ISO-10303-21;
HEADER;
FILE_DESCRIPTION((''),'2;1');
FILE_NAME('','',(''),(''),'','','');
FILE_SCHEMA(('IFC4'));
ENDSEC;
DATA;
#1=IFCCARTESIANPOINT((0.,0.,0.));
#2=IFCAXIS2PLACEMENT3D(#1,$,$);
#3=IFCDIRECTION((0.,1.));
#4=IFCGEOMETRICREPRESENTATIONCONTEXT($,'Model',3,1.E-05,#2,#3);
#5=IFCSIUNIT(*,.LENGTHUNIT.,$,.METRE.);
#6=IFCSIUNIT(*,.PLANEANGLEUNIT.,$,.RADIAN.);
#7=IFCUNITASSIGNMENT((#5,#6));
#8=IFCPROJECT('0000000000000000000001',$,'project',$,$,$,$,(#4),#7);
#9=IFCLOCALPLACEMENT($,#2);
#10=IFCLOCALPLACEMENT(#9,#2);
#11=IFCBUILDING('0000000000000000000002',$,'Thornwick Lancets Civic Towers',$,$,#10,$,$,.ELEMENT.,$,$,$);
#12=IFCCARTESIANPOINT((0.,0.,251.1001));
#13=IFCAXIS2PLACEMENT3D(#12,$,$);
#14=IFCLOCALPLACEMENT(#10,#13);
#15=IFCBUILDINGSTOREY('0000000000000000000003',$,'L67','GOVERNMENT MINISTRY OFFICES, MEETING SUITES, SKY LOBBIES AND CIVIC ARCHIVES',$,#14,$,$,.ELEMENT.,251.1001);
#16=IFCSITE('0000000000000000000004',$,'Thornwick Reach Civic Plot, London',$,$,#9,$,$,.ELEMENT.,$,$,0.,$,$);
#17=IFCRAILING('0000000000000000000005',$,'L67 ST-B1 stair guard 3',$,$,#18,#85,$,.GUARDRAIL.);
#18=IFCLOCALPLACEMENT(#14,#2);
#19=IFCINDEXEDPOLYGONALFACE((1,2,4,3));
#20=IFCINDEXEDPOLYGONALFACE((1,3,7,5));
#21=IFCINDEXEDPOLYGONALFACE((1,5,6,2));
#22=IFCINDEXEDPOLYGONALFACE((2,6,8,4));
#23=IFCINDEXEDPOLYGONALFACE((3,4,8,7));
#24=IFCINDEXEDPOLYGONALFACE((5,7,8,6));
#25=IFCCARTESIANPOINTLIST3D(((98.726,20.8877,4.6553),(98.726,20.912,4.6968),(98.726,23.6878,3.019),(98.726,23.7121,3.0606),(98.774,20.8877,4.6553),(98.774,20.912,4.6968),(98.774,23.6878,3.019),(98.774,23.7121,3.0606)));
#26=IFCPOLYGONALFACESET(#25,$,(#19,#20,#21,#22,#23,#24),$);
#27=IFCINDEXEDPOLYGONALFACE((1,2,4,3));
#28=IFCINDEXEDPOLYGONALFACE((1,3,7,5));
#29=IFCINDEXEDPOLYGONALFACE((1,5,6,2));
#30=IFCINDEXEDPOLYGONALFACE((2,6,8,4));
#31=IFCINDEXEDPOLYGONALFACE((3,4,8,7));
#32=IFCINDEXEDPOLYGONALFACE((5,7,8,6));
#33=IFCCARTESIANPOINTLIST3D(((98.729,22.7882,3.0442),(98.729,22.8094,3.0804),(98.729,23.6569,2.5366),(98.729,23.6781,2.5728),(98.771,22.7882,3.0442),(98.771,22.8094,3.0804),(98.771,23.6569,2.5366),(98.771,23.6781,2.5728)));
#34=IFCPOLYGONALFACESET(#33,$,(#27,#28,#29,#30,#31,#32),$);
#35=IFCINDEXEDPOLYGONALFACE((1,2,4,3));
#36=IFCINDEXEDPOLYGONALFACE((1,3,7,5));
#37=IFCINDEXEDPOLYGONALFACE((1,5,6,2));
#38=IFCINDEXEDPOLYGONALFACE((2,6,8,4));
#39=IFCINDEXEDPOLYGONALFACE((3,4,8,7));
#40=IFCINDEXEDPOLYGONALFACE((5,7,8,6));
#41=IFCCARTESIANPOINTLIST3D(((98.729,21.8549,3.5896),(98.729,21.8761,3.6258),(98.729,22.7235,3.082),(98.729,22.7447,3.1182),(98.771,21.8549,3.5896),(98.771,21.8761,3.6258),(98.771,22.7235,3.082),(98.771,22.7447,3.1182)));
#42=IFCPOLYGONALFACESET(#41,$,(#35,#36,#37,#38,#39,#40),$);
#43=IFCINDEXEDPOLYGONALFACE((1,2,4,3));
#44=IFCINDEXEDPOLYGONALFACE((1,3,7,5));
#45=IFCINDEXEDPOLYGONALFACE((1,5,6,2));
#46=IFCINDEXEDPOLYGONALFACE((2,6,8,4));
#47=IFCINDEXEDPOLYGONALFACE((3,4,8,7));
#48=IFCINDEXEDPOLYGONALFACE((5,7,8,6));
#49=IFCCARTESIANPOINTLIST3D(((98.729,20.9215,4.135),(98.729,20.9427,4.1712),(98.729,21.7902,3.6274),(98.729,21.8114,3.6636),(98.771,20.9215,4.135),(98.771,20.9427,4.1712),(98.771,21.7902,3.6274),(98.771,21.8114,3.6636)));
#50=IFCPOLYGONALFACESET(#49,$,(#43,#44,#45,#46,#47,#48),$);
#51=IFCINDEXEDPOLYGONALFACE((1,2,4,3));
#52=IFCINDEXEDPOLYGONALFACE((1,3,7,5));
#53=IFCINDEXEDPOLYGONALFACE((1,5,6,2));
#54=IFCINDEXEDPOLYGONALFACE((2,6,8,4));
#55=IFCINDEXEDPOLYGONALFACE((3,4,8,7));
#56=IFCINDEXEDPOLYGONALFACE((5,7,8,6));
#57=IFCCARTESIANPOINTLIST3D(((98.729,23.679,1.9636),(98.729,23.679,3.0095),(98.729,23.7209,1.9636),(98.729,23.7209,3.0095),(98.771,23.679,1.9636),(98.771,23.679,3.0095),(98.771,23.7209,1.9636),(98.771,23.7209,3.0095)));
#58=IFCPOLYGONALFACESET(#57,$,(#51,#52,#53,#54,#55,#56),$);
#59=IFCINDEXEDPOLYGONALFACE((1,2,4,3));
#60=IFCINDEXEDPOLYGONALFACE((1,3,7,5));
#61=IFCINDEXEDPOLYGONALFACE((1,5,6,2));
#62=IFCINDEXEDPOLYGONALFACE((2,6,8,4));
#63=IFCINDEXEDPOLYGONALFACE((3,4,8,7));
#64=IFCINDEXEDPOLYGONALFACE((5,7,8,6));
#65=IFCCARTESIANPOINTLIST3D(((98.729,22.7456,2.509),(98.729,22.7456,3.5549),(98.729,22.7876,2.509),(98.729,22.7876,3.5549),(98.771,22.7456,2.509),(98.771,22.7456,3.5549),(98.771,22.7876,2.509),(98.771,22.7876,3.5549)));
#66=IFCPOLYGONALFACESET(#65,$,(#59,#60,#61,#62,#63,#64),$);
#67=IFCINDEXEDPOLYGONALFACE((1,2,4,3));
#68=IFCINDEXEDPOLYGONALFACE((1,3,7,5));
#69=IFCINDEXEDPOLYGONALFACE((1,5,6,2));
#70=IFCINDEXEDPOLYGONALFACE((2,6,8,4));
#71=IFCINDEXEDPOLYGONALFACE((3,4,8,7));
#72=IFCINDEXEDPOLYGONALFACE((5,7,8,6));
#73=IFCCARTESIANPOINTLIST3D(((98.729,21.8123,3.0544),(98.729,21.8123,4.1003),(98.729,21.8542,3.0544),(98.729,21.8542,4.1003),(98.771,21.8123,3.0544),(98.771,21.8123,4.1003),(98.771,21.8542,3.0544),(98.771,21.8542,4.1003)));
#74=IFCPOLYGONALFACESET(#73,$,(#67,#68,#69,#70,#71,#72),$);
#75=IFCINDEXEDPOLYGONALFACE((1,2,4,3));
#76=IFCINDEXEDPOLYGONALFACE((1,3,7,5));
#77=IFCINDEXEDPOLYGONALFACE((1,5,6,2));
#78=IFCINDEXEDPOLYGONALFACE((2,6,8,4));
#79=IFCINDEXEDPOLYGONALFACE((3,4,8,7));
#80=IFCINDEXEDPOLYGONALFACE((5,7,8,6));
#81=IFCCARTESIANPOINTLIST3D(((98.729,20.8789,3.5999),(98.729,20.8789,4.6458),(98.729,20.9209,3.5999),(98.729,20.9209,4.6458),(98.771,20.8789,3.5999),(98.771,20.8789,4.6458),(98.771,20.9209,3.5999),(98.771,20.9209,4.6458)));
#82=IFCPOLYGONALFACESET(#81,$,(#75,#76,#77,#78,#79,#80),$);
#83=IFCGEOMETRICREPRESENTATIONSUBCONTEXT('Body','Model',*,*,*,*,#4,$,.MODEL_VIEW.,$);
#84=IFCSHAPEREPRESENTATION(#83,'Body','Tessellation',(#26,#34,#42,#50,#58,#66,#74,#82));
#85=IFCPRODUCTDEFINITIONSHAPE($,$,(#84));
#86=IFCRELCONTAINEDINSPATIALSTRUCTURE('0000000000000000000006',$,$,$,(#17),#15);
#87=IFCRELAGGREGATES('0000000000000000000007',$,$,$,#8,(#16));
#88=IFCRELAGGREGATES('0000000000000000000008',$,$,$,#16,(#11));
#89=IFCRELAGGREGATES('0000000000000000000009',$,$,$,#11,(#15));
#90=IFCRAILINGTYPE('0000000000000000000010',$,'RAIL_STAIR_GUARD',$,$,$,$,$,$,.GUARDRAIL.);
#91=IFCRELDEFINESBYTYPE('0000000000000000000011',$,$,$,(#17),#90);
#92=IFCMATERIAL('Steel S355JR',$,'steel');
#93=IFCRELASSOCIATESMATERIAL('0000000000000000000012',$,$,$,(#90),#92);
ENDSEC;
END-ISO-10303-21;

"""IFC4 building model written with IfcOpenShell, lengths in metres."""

from ifc_helpers import new_model, si_unit, direction, frame, origin, origin_2d, place, context, subcontext, project, spatial, rectangle, extrude, material, type_object, element, save


model = new_model("IFC4")

# Units and contexts
model_context = context("Model", 3, precision=1e-05, world=origin(), true_north=direction((0.0, 1.0)))
body_context = subcontext(model_context, "Body", "Model", "MODEL_VIEW")
ifc_project = project(units=[si_unit("LENGTHUNIT", "METRE"), si_unit("PLANEANGLEUNIT", "RADIAN")], contexts=[model_context])

# Site, building, storey
site_placement = place(None, origin())
site = spatial("IfcSite", under=ifc_project, at=site_placement, Name="Thornwick Reach Civic Plot, London", CompositionType="ELEMENT", RefElevation=0.0)
building_placement = place(site_placement, origin())
building = spatial("IfcBuilding", under=site, at=building_placement, Name="Thornwick Lancets Civic Towers", CompositionType="ELEMENT")
storey_placement = place(building_placement, frame((0.0, 0.0, 251.1001)))
storey = spatial("IfcBuildingStorey", under=building, at=storey_placement, Name="L67", Description="GOVERNMENT MINISTRY OFFICES, MEETING SUITES, SKY LOBBIES AND CIVIC ARCHIVES", CompositionType="ELEMENT", Elevation=251.1001)

# Railing
ifc_material_1 = material(Name="Steel S355JR", Category="steel")
railing_type_1 = type_object("IfcRailingType", Name="RAIL_STAIR_GUARD", PredefinedType="GUARDRAIL", material=ifc_material_1)
railing_1_placement = place(storey_placement, frame((98.75, 23.7, 1.9636)))
element("IfcRailing", 1, at=railing_1_placement, inside=storey, type_object=railing_type_1, Name="L67 ST-B1 stair guard 3", PredefinedType="GUARDRAIL", context=body_context, shape_type="SweptSolid", body=[
    extrude(rectangle(XDim=0.0481, YDim=0.0481, at=origin_2d()), frame((0.0, 0.0, 1.0762), z_axis=(0.0, -0.863394, 0.504531), x_axis=(1.0, 0.0, 0.0)), (0.0, 0.0, 1.0), 3.2432),
    extrude(rectangle(XDim=0.042, YDim=0.042, at=origin_2d()), frame((0.0, -0.0325, 0.5911), z_axis=(0.0, -0.863394, 0.504531), x_axis=(1.0, 0.0, 0.0)), (0.0, 0.0, 1.0), 1.0061),
    extrude(rectangle(XDim=0.042, YDim=0.042, at=origin_2d()), frame((0.0, -0.9658, 1.1365), z_axis=(0.0, -0.863394, 0.504531), x_axis=(1.0, 0.0, 0.0)), (0.0, 0.0, 1.0), 1.0061),
    extrude(rectangle(XDim=0.042, YDim=0.042, at=origin_2d()), frame((0.0, -1.8992, 1.6819), z_axis=(0.0, -0.863394, 0.504531), x_axis=(1.0, 0.0, 0.0)), (0.0, 0.0, 1.0), 1.0061),
    extrude(rectangle(XDim=0.042, YDim=0.042, at=origin_2d()), origin(), (0.0, 0.0, 1.0), 1.0459),
    extrude(rectangle(XDim=0.042, YDim=0.042, at=origin_2d()), frame((0.0, -0.9333, 0.5454)), (0.0, 0.0, 1.0), 1.0459),
    extrude(rectangle(XDim=0.042, YDim=0.042, at=origin_2d()), frame((0.0, -1.8667, 1.0908)), (0.0, 0.0, 1.0), 1.0459),
    extrude(rectangle(XDim=0.042, YDim=0.042, at=origin_2d()), frame((0.0, -2.8, 1.6362)), (0.0, 0.0, 1.0), 1.0459),
])

save(model, "model.ifc")
